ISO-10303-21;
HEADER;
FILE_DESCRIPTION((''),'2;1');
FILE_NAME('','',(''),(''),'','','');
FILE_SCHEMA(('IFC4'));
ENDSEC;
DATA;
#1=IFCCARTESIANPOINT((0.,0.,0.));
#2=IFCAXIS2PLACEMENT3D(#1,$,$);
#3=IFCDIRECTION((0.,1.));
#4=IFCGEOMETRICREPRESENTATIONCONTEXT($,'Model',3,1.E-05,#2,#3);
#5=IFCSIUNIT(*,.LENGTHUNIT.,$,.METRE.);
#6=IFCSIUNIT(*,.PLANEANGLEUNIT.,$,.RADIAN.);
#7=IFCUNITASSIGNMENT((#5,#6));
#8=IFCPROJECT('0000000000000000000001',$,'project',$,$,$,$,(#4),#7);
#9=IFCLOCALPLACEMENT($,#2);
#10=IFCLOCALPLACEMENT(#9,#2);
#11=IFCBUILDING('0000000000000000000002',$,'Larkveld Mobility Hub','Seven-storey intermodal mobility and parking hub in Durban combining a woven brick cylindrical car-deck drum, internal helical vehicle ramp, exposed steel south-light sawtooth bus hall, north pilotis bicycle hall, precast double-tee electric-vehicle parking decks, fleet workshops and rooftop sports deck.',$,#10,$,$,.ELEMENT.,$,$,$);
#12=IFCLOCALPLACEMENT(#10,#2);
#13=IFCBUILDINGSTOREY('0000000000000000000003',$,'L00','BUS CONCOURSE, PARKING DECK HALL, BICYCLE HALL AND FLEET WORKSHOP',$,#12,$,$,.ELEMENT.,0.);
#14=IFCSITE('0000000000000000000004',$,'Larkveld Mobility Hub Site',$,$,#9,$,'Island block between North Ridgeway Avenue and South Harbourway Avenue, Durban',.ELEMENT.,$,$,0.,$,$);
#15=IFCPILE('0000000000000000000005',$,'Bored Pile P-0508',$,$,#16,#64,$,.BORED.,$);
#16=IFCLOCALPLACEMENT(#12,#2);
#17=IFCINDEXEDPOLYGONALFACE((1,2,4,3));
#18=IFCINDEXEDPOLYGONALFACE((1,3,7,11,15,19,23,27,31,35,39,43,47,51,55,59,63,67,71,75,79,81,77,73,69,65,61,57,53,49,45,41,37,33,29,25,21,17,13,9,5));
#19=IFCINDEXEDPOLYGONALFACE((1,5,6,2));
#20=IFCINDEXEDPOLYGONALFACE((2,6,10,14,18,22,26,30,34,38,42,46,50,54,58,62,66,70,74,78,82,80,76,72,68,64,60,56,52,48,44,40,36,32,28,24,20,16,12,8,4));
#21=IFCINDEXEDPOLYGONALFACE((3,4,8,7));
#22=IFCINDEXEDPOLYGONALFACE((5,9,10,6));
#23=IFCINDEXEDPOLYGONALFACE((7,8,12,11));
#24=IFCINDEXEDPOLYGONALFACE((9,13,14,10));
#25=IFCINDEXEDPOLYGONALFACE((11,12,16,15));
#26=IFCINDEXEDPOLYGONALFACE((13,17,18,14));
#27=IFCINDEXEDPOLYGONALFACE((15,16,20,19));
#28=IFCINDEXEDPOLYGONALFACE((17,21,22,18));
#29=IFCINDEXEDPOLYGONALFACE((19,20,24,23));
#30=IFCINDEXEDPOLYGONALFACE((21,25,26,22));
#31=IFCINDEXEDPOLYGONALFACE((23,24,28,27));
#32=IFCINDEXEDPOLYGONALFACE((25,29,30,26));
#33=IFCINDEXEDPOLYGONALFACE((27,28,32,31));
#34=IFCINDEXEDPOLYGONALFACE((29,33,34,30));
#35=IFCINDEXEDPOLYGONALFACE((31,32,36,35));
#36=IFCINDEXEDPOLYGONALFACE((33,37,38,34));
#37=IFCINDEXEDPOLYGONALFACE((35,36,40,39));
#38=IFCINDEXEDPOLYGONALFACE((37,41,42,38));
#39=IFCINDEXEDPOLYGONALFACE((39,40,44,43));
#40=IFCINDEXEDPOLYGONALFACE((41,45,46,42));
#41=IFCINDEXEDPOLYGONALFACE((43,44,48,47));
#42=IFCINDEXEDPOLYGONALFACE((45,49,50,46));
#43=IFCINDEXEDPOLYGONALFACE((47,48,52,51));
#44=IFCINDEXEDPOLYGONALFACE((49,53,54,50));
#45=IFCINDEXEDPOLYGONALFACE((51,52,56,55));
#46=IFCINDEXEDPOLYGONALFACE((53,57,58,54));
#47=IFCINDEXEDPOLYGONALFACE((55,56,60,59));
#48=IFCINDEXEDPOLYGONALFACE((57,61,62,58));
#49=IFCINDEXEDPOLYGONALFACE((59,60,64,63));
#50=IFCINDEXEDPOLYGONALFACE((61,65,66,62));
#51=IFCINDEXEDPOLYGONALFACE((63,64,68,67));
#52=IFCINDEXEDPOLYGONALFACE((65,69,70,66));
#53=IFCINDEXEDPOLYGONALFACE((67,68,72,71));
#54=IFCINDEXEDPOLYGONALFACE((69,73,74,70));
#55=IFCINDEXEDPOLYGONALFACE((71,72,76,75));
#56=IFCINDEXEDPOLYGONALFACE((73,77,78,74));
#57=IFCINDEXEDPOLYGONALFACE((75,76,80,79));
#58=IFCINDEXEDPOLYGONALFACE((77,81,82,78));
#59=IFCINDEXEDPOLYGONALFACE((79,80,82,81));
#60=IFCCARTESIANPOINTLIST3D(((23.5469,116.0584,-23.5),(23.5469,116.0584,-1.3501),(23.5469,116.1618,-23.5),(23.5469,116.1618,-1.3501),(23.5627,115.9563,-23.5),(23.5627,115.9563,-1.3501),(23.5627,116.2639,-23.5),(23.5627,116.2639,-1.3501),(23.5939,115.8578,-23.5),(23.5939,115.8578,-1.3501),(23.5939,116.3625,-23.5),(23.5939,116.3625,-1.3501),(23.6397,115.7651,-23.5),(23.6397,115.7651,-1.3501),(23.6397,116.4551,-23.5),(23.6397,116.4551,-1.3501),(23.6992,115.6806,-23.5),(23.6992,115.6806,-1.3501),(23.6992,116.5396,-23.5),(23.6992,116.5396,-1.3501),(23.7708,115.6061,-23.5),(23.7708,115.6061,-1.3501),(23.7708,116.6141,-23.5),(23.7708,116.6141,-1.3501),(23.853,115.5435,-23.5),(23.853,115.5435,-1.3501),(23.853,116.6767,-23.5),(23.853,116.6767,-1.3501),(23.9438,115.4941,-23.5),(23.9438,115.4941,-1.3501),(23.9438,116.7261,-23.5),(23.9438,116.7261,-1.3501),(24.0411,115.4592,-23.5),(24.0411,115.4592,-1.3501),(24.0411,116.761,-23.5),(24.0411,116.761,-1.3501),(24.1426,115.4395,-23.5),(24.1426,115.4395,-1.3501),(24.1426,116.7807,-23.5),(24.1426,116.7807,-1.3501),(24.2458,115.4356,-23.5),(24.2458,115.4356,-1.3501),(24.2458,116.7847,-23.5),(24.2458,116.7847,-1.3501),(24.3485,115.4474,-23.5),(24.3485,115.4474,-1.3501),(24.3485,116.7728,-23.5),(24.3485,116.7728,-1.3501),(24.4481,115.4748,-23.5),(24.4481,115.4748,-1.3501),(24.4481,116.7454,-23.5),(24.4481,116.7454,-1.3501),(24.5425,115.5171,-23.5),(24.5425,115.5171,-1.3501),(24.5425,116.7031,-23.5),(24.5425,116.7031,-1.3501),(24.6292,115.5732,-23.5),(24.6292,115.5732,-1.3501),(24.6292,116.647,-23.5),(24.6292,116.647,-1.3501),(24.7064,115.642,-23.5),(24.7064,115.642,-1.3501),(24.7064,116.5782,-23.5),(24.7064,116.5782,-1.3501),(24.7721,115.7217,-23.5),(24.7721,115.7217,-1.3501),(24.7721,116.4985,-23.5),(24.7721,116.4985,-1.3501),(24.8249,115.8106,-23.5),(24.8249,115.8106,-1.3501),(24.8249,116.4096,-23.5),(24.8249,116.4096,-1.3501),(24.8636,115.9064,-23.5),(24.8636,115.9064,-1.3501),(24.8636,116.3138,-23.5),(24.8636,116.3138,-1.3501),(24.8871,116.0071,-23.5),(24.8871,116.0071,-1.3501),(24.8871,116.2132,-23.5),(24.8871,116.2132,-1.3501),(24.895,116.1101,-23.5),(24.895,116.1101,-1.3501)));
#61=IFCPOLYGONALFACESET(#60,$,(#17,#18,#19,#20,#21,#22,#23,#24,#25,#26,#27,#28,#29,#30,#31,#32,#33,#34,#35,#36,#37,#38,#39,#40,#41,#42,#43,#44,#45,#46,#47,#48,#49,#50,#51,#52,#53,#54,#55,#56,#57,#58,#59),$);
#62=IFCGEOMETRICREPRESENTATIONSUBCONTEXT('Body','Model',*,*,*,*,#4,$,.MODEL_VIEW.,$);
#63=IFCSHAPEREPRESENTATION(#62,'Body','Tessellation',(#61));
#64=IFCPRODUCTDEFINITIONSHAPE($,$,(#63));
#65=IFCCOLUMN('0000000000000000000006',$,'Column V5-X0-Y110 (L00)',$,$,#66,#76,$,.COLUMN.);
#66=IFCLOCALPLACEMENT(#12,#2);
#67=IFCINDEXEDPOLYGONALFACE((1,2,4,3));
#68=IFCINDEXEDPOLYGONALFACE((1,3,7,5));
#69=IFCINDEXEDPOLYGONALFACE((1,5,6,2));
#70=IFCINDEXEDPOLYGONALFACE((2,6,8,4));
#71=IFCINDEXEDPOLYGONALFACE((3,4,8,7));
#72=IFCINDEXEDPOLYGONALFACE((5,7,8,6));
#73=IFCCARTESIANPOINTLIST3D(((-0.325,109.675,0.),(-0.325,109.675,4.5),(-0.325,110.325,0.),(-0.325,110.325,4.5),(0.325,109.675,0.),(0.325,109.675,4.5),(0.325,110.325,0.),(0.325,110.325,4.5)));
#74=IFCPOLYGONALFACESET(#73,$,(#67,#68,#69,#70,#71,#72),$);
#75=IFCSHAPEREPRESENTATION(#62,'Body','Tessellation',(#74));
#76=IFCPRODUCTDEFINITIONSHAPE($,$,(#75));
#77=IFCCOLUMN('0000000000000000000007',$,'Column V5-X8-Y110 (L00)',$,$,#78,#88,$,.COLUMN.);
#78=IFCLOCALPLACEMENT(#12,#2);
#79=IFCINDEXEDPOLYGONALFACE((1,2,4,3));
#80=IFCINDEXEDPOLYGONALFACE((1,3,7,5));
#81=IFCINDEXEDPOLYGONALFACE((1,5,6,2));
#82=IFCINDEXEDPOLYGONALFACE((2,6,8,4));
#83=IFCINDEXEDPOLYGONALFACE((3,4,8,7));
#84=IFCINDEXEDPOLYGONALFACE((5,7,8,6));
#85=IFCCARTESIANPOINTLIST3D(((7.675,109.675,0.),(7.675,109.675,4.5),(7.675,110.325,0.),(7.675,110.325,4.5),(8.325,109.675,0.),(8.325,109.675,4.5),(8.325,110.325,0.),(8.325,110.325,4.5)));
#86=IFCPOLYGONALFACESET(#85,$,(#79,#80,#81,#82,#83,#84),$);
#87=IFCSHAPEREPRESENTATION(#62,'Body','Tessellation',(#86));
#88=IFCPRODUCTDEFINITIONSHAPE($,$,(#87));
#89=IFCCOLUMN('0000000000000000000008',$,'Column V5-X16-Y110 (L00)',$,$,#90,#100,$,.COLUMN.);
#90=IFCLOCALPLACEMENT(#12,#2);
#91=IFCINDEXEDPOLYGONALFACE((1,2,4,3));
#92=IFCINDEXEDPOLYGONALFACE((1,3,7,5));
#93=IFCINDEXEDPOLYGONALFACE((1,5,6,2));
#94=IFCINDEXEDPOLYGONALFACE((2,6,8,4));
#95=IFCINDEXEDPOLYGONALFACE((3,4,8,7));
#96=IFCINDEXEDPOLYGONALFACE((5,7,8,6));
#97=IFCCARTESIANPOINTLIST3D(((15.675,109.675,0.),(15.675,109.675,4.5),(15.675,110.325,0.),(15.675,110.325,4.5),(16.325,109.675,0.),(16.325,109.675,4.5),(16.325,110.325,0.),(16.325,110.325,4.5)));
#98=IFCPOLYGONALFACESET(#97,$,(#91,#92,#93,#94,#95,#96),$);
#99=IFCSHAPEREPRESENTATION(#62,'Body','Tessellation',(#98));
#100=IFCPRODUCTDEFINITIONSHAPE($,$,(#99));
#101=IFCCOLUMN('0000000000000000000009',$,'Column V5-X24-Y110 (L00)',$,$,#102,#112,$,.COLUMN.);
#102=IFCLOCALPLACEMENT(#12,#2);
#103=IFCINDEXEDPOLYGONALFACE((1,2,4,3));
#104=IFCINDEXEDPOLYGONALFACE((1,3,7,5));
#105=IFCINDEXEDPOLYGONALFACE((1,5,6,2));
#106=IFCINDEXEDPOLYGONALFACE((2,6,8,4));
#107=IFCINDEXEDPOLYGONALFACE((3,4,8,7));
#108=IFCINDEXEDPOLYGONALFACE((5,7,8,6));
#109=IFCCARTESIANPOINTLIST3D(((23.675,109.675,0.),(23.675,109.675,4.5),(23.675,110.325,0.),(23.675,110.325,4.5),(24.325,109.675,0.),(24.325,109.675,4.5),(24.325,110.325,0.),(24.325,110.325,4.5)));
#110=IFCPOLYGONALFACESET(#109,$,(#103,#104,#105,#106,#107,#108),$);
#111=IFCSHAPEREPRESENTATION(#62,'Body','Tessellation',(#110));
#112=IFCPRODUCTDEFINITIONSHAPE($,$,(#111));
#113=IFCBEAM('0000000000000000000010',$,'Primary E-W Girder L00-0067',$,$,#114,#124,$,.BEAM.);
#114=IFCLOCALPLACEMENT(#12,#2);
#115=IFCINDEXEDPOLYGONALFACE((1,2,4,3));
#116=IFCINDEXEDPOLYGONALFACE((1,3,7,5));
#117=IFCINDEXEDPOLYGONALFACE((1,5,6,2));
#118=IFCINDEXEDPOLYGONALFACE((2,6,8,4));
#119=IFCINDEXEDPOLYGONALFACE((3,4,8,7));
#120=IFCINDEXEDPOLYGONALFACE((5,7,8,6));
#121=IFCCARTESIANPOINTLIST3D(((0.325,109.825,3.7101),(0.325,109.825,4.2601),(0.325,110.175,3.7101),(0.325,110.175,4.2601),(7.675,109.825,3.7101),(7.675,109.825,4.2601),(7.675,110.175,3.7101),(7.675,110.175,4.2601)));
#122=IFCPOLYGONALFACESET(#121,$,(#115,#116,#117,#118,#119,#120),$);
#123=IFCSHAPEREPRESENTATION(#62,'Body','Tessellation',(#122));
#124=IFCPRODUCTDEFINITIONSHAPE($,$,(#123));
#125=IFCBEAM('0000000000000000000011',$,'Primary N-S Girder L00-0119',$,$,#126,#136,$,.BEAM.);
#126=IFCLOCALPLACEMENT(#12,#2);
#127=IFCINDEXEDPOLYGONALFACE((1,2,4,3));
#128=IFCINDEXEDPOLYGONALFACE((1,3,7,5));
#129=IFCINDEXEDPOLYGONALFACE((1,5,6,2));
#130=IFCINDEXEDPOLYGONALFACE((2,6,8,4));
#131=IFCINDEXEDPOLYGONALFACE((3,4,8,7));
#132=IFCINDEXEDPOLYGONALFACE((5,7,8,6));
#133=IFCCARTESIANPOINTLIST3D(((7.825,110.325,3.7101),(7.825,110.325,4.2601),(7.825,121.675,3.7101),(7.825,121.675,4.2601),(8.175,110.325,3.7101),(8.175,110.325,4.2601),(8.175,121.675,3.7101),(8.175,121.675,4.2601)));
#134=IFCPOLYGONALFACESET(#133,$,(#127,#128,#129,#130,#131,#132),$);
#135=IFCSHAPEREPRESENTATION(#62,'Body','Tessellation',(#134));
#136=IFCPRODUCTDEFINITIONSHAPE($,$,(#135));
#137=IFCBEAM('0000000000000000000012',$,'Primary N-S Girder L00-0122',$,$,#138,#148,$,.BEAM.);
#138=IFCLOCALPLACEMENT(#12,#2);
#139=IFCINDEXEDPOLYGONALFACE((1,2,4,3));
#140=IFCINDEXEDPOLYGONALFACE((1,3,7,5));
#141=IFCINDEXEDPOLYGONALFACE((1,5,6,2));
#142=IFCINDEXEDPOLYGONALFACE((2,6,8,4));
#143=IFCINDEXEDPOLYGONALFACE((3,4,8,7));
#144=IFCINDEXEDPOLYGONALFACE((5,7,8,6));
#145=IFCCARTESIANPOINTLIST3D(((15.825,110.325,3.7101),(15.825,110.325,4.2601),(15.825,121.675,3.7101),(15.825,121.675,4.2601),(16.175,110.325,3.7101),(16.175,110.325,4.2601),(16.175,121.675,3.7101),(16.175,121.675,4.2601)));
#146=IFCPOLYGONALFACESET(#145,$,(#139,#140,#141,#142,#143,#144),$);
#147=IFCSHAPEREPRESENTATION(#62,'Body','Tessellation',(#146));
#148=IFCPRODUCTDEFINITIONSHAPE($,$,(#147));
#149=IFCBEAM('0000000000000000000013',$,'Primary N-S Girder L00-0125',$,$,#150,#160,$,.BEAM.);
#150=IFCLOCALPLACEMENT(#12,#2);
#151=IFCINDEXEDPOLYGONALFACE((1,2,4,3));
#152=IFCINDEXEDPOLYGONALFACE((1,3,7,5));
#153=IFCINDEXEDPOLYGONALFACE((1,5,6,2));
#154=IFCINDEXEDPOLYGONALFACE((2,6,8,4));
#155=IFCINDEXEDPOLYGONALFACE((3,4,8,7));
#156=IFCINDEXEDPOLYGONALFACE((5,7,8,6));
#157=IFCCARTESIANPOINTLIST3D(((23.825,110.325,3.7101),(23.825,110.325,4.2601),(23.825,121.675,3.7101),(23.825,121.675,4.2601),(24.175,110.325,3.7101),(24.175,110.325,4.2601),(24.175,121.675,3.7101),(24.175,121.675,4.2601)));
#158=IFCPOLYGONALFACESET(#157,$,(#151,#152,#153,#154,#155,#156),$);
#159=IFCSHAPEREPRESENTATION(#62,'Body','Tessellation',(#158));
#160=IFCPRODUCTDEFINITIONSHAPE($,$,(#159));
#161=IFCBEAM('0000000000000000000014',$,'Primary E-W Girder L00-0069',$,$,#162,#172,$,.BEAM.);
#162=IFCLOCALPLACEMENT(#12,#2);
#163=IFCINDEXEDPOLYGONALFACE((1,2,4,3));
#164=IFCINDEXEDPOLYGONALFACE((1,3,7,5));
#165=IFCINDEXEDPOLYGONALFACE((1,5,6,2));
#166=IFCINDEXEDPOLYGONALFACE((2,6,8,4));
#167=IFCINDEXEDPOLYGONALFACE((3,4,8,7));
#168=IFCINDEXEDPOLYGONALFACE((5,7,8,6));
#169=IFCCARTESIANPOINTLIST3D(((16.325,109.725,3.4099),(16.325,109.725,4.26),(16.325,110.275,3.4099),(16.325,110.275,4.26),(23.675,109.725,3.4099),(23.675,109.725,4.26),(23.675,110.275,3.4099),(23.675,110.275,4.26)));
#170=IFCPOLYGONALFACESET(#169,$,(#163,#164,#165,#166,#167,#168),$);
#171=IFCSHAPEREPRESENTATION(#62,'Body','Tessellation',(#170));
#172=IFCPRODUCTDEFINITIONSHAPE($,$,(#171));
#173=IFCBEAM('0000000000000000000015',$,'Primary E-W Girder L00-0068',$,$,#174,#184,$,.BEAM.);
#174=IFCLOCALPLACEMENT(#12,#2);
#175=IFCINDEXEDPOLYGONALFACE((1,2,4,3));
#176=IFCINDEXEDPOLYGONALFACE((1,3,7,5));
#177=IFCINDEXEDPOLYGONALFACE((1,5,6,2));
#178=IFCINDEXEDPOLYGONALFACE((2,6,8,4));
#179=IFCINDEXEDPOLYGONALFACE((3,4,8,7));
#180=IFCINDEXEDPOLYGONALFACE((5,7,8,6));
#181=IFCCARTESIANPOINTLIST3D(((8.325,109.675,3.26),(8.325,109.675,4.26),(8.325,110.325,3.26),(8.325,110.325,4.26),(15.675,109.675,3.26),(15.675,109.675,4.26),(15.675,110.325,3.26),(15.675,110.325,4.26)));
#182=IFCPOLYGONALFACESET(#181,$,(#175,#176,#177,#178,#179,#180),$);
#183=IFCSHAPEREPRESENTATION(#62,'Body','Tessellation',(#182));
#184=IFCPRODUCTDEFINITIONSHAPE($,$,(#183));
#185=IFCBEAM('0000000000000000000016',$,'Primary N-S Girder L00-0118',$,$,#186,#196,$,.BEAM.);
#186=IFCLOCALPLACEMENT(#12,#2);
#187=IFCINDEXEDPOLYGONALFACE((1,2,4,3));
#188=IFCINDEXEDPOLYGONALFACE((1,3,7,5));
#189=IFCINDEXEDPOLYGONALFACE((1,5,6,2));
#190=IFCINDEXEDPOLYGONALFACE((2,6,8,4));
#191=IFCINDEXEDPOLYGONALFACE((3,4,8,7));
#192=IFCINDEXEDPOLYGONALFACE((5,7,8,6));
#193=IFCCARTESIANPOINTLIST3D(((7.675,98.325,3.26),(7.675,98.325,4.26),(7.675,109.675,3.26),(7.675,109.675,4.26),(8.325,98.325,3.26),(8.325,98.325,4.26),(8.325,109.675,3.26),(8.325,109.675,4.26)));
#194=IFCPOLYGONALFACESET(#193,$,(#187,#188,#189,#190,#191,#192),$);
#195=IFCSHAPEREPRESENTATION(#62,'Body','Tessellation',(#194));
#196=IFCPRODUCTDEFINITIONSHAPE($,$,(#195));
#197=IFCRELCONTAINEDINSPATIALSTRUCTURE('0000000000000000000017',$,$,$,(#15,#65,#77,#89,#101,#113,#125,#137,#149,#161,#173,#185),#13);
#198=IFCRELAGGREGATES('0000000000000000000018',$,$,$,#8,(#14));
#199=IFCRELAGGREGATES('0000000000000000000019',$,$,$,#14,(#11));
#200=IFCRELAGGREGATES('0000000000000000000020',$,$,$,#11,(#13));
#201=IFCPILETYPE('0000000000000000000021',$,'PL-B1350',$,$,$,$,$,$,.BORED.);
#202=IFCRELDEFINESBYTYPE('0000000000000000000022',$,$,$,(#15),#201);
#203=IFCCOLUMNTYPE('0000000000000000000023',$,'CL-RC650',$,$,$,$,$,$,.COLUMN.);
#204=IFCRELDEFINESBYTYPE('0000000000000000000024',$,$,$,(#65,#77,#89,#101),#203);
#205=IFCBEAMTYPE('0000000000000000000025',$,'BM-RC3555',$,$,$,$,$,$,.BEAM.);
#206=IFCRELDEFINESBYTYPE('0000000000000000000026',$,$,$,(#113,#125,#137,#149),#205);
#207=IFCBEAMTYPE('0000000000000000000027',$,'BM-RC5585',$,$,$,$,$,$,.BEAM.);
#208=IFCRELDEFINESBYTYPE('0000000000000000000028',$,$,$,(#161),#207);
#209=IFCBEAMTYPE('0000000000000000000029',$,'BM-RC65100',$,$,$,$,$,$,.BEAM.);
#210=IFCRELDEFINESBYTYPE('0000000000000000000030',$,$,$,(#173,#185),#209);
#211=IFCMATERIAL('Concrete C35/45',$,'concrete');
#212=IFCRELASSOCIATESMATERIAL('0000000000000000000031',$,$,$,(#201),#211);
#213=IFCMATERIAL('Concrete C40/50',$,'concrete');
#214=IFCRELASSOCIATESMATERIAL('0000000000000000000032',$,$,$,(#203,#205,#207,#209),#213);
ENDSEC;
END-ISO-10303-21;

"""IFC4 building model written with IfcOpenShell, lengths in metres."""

from ifc_helpers import new_model, si_unit, direction, frame, origin, origin_2d, place, context, subcontext, project, spatial, rectangle, circle, extrude, material, material_profile, profile_set, type_object, element, save


model = new_model("IFC4")

# Units and contexts
model_context = context("Model", 3, precision=1e-05, world=origin(), true_north=direction((0.0, 1.0)))
body_context = subcontext(model_context, "Body", "Model", "MODEL_VIEW")
ifc_project = project(units=[si_unit("LENGTHUNIT", "METRE"), si_unit("PLANEANGLEUNIT", "RADIAN")], contexts=[model_context])

# Site, building, storey
site_placement = place(None, origin())
site = spatial("IfcSite", under=ifc_project, at=site_placement, Name="Larkveld Mobility Hub Site", LongName="Island block between North Ridgeway Avenue and South Harbourway Avenue, Durban", CompositionType="ELEMENT", RefElevation=0.0)
building_placement = place(site_placement, origin())
building = spatial("IfcBuilding", under=site, at=building_placement, Name="Larkveld Mobility Hub", Description="Seven-storey intermodal mobility and parking hub in Durban combining a woven brick cylindrical car-deck drum, internal helical vehicle ramp, exposed steel south-light sawtooth bus hall, north pilotis bicycle hall, precast double-tee electric-vehicle parking decks, fleet workshops and rooftop sports deck.", CompositionType="ELEMENT")
storey_placement = place(building_placement, origin())
storey = spatial("IfcBuildingStorey", under=building, at=storey_placement, Name="L00", Description="BUS CONCOURSE, PARKING DECK HALL, BICYCLE HALL AND FLEET WORKSHOP", CompositionType="ELEMENT", Elevation=0.0)

# Shared definitions
ifc_material_1 = material(Name="Concrete C35/45", Category="concrete")

# Pile
ifc_material_profile_1 = material_profile(ifc_material_1, circle(Radius=0.675, at=origin_2d()), Name="PILE D1350")
ifc_profile_set_1 = profile_set([ifc_material_profile_1], Name="Concrete C35/45")
pile_type_1 = type_object("IfcPileType", Name="PL-B1350", PredefinedType="BORED", material=ifc_profile_set_1)
for number, where, z_axis, x_axis, name in (
    (1, (24.22, 116.1101, -1.3501), (0.0, 0.0, -1.0), (1.0, 0.0, 0.0), "Bored Pile P-0508"),
):
    element("IfcPile", number, at=place(storey_placement, frame(where, z_axis=z_axis, x_axis=x_axis)), inside=storey, type_object=pile_type_1, Name=name, PredefinedType="BORED", context=body_context, shape_type="SweptSolid", body=[
        extrude(circle(Radius=0.675, at=origin_2d()), origin(), (0.0, 0.0, 1.0), 22.1499),
    ])

# Columns
ifc_material_2 = material(Name="Concrete C40/50", Category="concrete")
ifc_material_profile_2 = material_profile(ifc_material_2, rectangle(XDim=0.6499, YDim=0.6499, at=origin_2d()), Name="RC COL 650x650")
ifc_profile_set_2 = profile_set([ifc_material_profile_2], Name="Concrete C40/50")
column_type = type_object("IfcColumnType", Name="CL-RC650", PredefinedType="COLUMN", material=ifc_profile_set_2)
for number, where, z_axis, x_axis, name in (
    (2, (0.0, 110.0, 0.0), (0.0, 0.0, 1.0), (1.0, 0.0, 0.0), "Column V5-X0-Y110 (L00)"),
    (3, (8.0, 110.0, 0.0), (0.0, 0.0, 1.0), (1.0, 0.0, 0.0), "Column V5-X8-Y110 (L00)"),
    (4, (16.0, 110.0, 0.0), (0.0, 0.0, 1.0), (1.0, 0.0, 0.0), "Column V5-X16-Y110 (L00)"),
    (5, (24.0, 110.0, 0.0), (0.0, 0.0, 1.0), (1.0, 0.0, 0.0), "Column V5-X24-Y110 (L00)"),
):
    element("IfcColumn", number, at=place(storey_placement, frame(where, z_axis=z_axis, x_axis=x_axis)), inside=storey, type_object=column_type, Name=name, PredefinedType="COLUMN", context=body_context, shape_type="SweptSolid", body=[
        extrude(rectangle(XDim=0.6499, YDim=0.6499, at=origin_2d()), origin(), (0.0, 0.0, 1.0), 4.5),
    ])

# Beams
ifc_material_profile_3 = material_profile(ifc_material_2, rectangle(XDim=0.3501, YDim=0.55, at=origin_2d()), Name="RC BM 350x550")
ifc_profile_set_3 = profile_set([ifc_material_profile_3], Name="Concrete C40/50")
beam_type_1 = type_object("IfcBeamType", Name="BM-RC3555", PredefinedType="BEAM", material=ifc_profile_set_3)
beam_1_placement = place(storey_placement, frame((0.325, 110.0, 3.9851), z_axis=(1.0, 0.0, 0.0), x_axis=(0.0, 1.0, 0.0)))
element("IfcBeam", 6, at=beam_1_placement, inside=storey, type_object=beam_type_1, Name="Primary E-W Girder L00-0067", PredefinedType="BEAM", context=body_context, shape_type="SweptSolid", body=[
    extrude(rectangle(XDim=0.3501, YDim=0.55, at=origin_2d()), origin(), (0.0, 0.0, 1.0), 7.3501),
])
for number, where, z_axis, x_axis, name in (
    (7, (8.0, 110.325, 3.9851), (0.0, 1.0, 0.0), (-1.0, 0.0, 0.0), "Primary N-S Girder L00-0119"),
    (8, (16.0, 110.325, 3.9851), (0.0, 1.0, 0.0), (-1.0, 0.0, 0.0), "Primary N-S Girder L00-0122"),
    (9, (24.0, 110.325, 3.9851), (0.0, 1.0, 0.0), (-1.0, 0.0, 0.0), "Primary N-S Girder L00-0125"),
):
    element("IfcBeam", number, at=place(storey_placement, frame(where, z_axis=z_axis, x_axis=x_axis)), inside=storey, type_object=beam_type_1, Name=name, PredefinedType="BEAM", context=body_context, shape_type="SweptSolid", body=[
        extrude(rectangle(XDim=0.3501, YDim=0.55, at=origin_2d()), origin(), (0.0, 0.0, 1.0), 11.3501),
    ])
ifc_material_profile_4 = material_profile(ifc_material_2, rectangle(XDim=0.55, YDim=0.8501, at=origin_2d()), Name="RC BM 550x850")
ifc_profile_set_4 = profile_set([ifc_material_profile_4], Name="Concrete C40/50")
beam_type_2 = type_object("IfcBeamType", Name="BM-RC5585", PredefinedType="BEAM", material=ifc_profile_set_4)
beam_2_placement = place(storey_placement, frame((16.325, 110.0, 3.835), z_axis=(1.0, 0.0, 0.0), x_axis=(0.0, 1.0, 0.0)))
element("IfcBeam", 10, at=beam_2_placement, inside=storey, type_object=beam_type_2, Name="Primary E-W Girder L00-0069", PredefinedType="BEAM", context=body_context, shape_type="SweptSolid", body=[
    extrude(rectangle(XDim=0.55, YDim=0.8501, at=origin_2d()), origin(), (0.0, 0.0, 1.0), 7.3501),
])
ifc_material_profile_5 = material_profile(ifc_material_2, rectangle(XDim=0.6499, YDim=1.0, at=origin_2d()), Name="RC BM 650x1000")
ifc_profile_set_5 = profile_set([ifc_material_profile_5], Name="Concrete C40/50")
beam_type_3 = type_object("IfcBeamType", Name="BM-RC65100", PredefinedType="BEAM", material=ifc_profile_set_5)
beam_3_placement = place(storey_placement, frame((8.325, 110.0, 3.76), z_axis=(1.0, 0.0, 0.0), x_axis=(0.0, 1.0, 0.0)))
element("IfcBeam", 11, at=beam_3_placement, inside=storey, type_object=beam_type_3, Name="Primary E-W Girder L00-0068", PredefinedType="BEAM", context=body_context, shape_type="SweptSolid", body=[
    extrude(rectangle(XDim=0.6499, YDim=1.0, at=origin_2d()), origin(), (0.0, 0.0, 1.0), 7.3501),
])
for number, where, z_axis, x_axis, name in (
    (12, (8.0, 98.325, 3.76), (0.0, 1.0, 0.0), (-1.0, 0.0, 0.0), "Primary N-S Girder L00-0118"),
):
    element("IfcBeam", number, at=place(storey_placement, frame(where, z_axis=z_axis, x_axis=x_axis)), inside=storey, type_object=beam_type_3, Name=name, PredefinedType="BEAM", context=body_context, shape_type="SweptSolid", body=[
        extrude(rectangle(XDim=0.6499, YDim=1.0, at=origin_2d()), origin(), (0.0, 0.0, 1.0), 11.3501),
    ])

save(model, "model.ifc")
